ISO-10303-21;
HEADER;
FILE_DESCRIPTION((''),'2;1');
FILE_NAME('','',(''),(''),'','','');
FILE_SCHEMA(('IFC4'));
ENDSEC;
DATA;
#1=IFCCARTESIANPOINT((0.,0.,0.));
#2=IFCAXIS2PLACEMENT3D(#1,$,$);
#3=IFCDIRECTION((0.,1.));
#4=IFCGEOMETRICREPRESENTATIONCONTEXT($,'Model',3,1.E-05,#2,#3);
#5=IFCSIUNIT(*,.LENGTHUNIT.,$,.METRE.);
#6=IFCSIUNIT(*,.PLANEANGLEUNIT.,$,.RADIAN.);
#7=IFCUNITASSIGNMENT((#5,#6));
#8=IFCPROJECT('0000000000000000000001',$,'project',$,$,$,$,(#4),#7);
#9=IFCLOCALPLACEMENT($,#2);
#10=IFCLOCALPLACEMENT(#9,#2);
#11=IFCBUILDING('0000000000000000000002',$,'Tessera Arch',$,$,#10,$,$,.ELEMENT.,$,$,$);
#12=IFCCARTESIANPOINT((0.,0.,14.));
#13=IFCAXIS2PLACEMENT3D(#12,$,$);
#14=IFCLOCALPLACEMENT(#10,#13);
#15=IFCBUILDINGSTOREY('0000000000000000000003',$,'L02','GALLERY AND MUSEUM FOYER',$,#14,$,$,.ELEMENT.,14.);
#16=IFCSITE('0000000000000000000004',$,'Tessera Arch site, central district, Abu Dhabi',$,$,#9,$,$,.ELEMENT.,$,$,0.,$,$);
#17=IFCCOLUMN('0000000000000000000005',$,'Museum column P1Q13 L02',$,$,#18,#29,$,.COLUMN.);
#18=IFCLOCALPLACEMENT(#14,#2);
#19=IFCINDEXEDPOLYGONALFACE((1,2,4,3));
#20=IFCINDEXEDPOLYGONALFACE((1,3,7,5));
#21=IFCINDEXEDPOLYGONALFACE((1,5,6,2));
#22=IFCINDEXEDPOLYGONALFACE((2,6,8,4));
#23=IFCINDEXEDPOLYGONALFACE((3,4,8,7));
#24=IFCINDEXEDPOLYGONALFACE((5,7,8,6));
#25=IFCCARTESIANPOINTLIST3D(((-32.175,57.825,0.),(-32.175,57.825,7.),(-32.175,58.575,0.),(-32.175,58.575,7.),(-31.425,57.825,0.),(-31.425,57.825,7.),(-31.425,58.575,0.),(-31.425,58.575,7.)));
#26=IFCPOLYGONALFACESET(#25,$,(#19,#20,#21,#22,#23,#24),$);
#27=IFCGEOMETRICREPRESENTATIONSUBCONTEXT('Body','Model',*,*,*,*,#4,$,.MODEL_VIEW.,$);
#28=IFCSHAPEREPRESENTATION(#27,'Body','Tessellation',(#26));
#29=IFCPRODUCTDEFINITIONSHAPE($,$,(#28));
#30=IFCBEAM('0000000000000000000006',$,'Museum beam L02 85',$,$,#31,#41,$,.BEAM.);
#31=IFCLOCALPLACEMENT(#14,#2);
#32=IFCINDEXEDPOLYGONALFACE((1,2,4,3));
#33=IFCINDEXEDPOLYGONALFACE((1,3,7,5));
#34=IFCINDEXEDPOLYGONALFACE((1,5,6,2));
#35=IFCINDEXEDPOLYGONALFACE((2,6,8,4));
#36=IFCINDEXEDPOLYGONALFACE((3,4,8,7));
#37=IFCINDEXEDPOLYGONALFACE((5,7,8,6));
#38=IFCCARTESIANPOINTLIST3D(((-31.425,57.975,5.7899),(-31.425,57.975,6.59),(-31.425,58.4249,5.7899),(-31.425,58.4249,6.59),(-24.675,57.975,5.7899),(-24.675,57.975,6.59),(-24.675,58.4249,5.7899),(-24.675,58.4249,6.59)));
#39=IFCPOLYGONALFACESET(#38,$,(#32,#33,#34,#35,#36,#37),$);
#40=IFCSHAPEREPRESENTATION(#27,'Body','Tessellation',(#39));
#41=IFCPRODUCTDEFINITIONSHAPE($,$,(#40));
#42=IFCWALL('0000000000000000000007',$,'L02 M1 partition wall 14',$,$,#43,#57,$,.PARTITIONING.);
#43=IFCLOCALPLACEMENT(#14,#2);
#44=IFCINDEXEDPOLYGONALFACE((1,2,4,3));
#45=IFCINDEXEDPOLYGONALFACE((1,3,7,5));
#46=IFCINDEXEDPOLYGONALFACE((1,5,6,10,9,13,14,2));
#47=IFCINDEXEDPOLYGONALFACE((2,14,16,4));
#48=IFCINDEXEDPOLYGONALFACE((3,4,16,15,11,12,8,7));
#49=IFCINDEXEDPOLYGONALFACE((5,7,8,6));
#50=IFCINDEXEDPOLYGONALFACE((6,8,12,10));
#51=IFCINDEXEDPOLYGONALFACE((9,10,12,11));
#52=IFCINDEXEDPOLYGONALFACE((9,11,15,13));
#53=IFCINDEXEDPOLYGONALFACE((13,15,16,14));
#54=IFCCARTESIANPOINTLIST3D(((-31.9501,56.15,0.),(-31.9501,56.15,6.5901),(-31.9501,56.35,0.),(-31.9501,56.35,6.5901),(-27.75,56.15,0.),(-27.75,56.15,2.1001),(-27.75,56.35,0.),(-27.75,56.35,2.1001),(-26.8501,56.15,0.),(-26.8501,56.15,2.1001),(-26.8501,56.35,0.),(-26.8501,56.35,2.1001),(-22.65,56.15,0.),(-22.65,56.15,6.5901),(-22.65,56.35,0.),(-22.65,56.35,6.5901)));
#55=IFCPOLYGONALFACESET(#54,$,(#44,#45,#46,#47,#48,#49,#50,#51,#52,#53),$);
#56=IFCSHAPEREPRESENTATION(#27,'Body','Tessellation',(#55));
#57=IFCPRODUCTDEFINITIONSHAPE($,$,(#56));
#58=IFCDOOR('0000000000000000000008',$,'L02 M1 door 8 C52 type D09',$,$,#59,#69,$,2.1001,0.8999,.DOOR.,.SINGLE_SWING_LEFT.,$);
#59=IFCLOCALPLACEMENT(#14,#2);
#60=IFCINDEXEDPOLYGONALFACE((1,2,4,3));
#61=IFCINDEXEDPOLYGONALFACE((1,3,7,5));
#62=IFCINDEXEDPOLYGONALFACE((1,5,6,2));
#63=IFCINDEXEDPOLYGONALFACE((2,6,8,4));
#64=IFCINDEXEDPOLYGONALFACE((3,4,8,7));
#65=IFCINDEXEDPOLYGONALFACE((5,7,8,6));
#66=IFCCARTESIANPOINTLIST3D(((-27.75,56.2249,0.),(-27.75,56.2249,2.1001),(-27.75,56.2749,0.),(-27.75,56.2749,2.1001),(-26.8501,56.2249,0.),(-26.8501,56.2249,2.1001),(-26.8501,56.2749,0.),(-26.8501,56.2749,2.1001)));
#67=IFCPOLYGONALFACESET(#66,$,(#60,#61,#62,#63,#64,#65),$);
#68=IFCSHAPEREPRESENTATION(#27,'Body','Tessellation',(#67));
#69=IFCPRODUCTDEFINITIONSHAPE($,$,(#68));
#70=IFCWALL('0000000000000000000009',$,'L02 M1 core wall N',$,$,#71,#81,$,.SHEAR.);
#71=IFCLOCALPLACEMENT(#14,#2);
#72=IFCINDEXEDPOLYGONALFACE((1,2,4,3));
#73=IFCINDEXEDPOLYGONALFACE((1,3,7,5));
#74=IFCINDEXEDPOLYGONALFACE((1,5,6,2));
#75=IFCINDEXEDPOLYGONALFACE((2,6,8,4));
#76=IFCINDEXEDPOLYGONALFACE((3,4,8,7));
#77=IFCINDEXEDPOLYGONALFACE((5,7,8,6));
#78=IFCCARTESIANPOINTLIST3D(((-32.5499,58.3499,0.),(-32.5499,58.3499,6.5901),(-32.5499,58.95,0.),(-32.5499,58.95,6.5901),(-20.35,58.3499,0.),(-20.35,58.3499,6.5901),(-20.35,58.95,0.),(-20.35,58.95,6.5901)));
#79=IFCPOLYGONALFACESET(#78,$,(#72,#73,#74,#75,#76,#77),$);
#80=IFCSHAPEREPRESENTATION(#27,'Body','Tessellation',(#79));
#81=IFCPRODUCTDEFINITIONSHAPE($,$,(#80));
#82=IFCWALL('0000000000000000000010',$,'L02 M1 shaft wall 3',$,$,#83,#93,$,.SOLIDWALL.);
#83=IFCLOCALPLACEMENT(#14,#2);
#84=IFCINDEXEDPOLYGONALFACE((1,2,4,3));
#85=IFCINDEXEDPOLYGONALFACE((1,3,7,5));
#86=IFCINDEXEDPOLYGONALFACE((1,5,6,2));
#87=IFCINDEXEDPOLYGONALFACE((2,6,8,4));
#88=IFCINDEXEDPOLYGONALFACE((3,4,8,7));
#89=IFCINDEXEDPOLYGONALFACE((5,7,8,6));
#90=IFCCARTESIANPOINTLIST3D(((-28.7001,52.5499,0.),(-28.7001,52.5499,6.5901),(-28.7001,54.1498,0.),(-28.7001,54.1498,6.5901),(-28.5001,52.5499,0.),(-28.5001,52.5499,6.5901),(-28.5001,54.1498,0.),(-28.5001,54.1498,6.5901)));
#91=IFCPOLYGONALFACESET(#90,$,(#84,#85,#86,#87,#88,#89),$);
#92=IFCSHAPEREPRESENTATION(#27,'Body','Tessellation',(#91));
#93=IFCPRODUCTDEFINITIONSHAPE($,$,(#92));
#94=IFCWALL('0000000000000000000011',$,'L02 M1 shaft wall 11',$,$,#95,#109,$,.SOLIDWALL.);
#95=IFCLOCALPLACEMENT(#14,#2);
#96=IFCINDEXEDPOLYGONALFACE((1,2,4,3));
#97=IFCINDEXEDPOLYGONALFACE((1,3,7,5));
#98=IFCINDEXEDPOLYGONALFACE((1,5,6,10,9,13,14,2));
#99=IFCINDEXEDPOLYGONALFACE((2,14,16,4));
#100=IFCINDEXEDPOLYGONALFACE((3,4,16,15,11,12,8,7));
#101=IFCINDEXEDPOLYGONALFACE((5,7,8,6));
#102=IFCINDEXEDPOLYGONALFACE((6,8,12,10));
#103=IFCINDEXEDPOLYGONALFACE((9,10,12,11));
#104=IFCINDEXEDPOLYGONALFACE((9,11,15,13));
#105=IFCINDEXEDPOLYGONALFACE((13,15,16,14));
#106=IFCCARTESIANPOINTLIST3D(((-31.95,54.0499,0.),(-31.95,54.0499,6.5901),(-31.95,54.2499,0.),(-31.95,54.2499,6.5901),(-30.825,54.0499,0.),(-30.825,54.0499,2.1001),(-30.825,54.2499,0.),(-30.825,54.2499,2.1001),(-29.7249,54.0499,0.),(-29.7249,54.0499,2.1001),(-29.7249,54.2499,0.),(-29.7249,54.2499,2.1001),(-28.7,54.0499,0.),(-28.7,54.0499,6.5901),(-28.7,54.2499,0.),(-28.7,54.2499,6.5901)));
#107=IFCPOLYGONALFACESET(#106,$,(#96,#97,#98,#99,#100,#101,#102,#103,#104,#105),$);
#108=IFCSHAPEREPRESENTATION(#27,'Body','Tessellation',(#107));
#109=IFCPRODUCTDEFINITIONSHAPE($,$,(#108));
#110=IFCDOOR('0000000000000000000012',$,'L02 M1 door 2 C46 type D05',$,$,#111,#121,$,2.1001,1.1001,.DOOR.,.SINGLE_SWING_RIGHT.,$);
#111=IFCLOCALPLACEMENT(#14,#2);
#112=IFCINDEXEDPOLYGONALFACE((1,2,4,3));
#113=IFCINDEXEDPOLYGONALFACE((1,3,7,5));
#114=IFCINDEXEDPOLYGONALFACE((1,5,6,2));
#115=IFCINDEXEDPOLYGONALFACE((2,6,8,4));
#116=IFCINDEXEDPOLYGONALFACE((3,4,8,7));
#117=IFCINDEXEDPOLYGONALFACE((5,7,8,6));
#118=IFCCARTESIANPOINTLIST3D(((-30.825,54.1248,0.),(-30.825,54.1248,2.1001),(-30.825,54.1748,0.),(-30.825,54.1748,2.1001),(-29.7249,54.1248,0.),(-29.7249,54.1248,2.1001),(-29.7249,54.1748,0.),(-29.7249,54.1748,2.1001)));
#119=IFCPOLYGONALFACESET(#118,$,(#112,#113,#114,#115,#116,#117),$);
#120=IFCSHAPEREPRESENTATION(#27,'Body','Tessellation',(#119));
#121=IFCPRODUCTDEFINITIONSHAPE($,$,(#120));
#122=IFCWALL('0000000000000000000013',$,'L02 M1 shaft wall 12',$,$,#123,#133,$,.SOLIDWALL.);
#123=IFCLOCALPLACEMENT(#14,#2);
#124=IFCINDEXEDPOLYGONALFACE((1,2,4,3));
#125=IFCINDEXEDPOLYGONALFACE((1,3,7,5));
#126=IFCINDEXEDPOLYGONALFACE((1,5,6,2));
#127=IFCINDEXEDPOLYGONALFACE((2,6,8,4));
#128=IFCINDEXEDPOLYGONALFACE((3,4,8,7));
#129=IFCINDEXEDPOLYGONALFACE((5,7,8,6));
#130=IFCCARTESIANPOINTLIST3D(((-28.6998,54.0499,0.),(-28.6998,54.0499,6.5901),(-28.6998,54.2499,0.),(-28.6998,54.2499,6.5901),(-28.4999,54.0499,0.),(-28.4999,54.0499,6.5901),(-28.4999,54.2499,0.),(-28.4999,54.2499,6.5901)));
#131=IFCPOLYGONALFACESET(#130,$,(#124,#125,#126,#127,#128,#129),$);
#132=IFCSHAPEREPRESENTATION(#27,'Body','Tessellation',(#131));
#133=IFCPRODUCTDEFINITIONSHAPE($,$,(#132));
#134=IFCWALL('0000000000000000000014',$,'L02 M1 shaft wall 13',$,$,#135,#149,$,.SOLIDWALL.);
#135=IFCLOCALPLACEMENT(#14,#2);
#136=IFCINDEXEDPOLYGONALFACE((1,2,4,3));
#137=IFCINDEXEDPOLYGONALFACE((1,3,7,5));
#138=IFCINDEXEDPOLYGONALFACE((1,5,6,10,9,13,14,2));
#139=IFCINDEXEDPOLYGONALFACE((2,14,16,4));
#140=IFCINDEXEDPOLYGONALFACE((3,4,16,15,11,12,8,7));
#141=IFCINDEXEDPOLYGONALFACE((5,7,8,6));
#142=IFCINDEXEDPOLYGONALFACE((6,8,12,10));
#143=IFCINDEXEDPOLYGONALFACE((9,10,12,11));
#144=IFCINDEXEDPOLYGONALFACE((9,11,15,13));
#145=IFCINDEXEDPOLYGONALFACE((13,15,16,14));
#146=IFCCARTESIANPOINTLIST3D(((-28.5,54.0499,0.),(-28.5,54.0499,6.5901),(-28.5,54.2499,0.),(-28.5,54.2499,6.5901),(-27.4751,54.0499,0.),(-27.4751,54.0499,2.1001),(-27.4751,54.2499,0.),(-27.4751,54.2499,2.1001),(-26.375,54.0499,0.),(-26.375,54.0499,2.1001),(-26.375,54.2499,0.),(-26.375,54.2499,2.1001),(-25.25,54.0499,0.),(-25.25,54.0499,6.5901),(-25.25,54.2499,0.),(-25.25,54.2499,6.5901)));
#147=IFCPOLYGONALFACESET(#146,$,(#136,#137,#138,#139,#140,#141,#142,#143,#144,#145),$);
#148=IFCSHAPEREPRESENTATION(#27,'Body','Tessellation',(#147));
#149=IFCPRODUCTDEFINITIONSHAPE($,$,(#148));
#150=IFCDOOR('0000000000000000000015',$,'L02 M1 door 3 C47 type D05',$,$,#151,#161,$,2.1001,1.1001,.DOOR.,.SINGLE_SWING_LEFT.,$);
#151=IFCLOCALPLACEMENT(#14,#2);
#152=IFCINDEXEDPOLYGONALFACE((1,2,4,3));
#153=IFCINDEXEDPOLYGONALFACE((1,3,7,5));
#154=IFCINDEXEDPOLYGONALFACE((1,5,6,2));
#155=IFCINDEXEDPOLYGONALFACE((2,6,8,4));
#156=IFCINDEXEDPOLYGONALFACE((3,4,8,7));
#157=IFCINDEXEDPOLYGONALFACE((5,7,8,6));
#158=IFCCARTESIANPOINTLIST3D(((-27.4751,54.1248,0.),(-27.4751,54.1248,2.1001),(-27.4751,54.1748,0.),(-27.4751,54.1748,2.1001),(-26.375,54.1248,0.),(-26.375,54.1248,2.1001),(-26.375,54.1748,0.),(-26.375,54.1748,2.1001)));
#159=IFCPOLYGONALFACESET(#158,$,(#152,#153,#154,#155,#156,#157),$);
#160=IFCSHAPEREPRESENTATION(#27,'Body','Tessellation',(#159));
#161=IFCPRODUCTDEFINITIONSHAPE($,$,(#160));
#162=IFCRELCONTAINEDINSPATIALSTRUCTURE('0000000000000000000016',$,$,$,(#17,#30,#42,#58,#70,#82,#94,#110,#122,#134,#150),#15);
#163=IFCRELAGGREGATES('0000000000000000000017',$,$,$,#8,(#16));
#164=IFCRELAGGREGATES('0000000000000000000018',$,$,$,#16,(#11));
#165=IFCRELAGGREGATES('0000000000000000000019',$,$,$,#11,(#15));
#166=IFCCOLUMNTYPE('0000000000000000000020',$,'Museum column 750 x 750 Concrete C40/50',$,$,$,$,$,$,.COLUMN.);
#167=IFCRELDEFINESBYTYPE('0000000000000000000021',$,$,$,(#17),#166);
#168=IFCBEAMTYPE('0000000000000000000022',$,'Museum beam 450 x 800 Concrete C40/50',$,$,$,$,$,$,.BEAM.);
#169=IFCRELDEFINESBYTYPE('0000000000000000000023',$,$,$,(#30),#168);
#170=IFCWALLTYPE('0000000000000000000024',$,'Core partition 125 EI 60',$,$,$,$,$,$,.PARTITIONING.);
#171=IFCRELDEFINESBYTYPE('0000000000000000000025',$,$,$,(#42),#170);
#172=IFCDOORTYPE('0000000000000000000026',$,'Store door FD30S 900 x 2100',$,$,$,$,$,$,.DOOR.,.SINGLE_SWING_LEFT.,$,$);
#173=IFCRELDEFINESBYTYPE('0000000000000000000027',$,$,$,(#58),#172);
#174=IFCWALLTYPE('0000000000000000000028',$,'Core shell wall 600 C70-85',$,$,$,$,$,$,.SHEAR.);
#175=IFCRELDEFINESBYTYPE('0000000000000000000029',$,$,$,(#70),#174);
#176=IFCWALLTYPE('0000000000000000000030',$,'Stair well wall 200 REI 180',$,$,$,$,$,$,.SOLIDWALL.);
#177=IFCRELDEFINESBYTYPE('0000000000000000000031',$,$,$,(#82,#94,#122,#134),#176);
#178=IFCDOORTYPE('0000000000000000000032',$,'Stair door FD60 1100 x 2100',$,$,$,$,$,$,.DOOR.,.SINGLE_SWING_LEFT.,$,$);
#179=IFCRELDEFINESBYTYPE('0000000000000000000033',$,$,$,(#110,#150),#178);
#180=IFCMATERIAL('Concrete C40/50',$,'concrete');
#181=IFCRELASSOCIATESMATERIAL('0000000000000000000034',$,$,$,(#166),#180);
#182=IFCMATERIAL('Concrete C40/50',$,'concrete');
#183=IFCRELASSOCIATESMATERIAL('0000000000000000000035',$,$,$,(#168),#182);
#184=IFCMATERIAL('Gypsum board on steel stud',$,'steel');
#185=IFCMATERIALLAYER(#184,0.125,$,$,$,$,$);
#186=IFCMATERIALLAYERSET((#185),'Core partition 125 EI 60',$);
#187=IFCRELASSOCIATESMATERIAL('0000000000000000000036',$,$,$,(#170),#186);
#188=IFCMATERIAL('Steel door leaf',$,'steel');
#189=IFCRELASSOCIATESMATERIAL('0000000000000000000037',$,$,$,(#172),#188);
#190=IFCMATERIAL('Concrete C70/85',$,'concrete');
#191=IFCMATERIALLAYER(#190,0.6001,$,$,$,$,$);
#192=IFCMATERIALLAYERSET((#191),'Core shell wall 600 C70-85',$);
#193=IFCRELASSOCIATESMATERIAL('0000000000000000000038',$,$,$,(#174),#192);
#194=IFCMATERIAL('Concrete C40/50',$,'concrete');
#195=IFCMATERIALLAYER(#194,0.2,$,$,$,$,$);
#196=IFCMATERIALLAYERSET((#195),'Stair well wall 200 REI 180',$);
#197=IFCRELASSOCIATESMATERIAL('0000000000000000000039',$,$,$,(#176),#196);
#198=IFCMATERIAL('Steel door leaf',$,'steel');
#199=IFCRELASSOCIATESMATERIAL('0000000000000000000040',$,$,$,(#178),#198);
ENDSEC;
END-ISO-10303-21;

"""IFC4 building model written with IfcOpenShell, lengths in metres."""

from ifc_helpers import new_model, si_unit, direction, frame, frame_2d, origin, origin_2d, place, context, subcontext, project, spatial, rectangle, extrude, material, layer, layer_set, material_profile, profile_set, type_object, element, fill, save


model = new_model("IFC4")

# Units and contexts
model_context = context("Model", 3, precision=1e-05, world=origin(), true_north=direction((0.0, 1.0)))
body_context = subcontext(model_context, "Body", "Model", "MODEL_VIEW")
ifc_project = project(units=[si_unit("LENGTHUNIT", "METRE"), si_unit("PLANEANGLEUNIT", "RADIAN")], contexts=[model_context])

# Site, building, storey
site_placement = place(None, origin())
site = spatial("IfcSite", under=ifc_project, at=site_placement, Name="Tessera Arch site, central district, Abu Dhabi", CompositionType="ELEMENT", RefElevation=0.0)
building_placement = place(site_placement, origin())
building = spatial("IfcBuilding", under=site, at=building_placement, Name="Tessera Arch", CompositionType="ELEMENT")
storey_placement = place(building_placement, frame((0.0, 0.0, 14.0)))
storey = spatial("IfcBuildingStorey", under=building, at=storey_placement, Name="L02", Description="GALLERY AND MUSEUM FOYER", CompositionType="ELEMENT", Elevation=14.0)

# Column
ifc_material_1 = material(Name="Concrete C40/50", Category="concrete")
ifc_material_profile_1 = material_profile(ifc_material_1, rectangle(XDim=0.75, YDim=0.75, at=origin_2d()), Name="Museum column 750 x 750 Concrete C40/50")
ifc_profile_set_1 = profile_set([ifc_material_profile_1], Name="Concrete C40/50")
column_type = type_object("IfcColumnType", Name="Museum column 750 x 750 Concrete C40/50", PredefinedType="COLUMN", material=ifc_profile_set_1)
column_placement = place(storey_placement, frame((-31.8, 58.2, 0.0), z_axis=(0.0, 0.0, 1.0), x_axis=(1.0, 0.0, 0.0)))
element("IfcColumn", 1, at=column_placement, inside=storey, type_object=column_type, Name="Museum column P1Q13 L02", PredefinedType="COLUMN", context=body_context, shape_type="SweptSolid", body=[
    extrude(rectangle(XDim=0.75, YDim=0.75, at=origin_2d()), origin(), (0.0, 0.0, 1.0), 7.0),
])

# Beam
ifc_material_2 = material(Name="Concrete C40/50", Category="concrete")
ifc_material_profile_2 = material_profile(ifc_material_2, rectangle(XDim=0.45, YDim=0.8, at=origin_2d()), Name="Museum beam 450 x 800 Concrete C40/50")
ifc_profile_set_2 = profile_set([ifc_material_profile_2], Name="Concrete C40/50")
beam_type = type_object("IfcBeamType", Name="Museum beam 450 x 800 Concrete C40/50", PredefinedType="BEAM", material=ifc_profile_set_2)
beam_placement = place(storey_placement, frame((-31.425, 58.2, 6.1899), z_axis=(1.0, 0.0, 0.0), x_axis=(0.0, 1.0, 0.0)))
element("IfcBeam", 2, at=beam_placement, inside=storey, type_object=beam_type, Name="Museum beam L02 85", PredefinedType="BEAM", context=body_context, shape_type="SweptSolid", body=[
    extrude(rectangle(XDim=0.45, YDim=0.8, at=origin_2d()), origin(), (0.0, 0.0, 1.0), 6.75),
])

# Wall, opening, door
ifc_material_3 = material(Name="Gypsum board on steel stud", Category="steel")
ifc_layer_1 = layer(ifc_material_3, 0.125)
ifc_layer_set_1 = layer_set([ifc_layer_1], Name="Core partition 125 EI 60")
wall_type_1 = type_object("IfcWallType", Name="Core partition 125 EI 60", PredefinedType="PARTITIONING", material=ifc_layer_set_1)
wall_1_placement = place(storey_placement, frame((-31.95, 56.25, 0.0), z_axis=(0.0, 0.0, 1.0), x_axis=(1.0, 0.0, 0.0)))
wall_1 = element("IfcWall", 3, at=wall_1_placement, inside=storey, type_object=wall_type_1, Name="L02 M1 partition wall 14", PredefinedType="PARTITIONING", context=body_context, shape_type="SweptSolid", body=[
    extrude(rectangle(XDim=9.3, YDim=0.2, at=frame_2d((4.6499, 0.0))), origin(), (0.0, 0.0, 1.0), 6.5901),
])
opening_1_placement = place(wall_1_placement, frame((4.2, 0.0, 0.0)))
opening_1 = element("IfcOpeningElement", 4, at=opening_1_placement, cuts=wall_1, PredefinedType="OPENING", context=body_context, shape_type="SweptSolid", body=[
    extrude(rectangle(XDim=0.8999, YDim=2.1001, at=frame_2d((0.45, 1.05))), frame((0.0, 0.1099, 0.0), z_axis=(0.0, -1.0, 0.0), x_axis=(1.0, 0.0, 0.0)), (0.0, 0.0, 1.0), 0.22),
])
ifc_material_4 = material(Name="Steel door leaf", Category="steel")
door_type_1 = type_object("IfcDoorType", Name="Store door FD30S 900 x 2100", OperationType="SINGLE_SWING_LEFT", PredefinedType="DOOR", material=ifc_material_4)
door_1_placement = place(opening_1_placement, origin())
door_1 = element("IfcDoor", 5, at=door_1_placement, inside=storey, type_object=door_type_1, Name="L02 M1 door 8 C52 type D09", OperationType="SINGLE_SWING_LEFT", OverallHeight=2.1001, OverallWidth=0.8999, PredefinedType="DOOR", context=body_context, shape_type="SweptSolid", body=[
    extrude(rectangle(XDim=0.8999, YDim=2.1001, at=frame_2d((0.45, 1.05))), frame((0.0, 0.0249, 0.0), z_axis=(0.0, -1.0, 0.0), x_axis=(1.0, 0.0, 0.0)), (0.0, 0.0, 1.0), 0.05),
])
fill(opening_1, door_1)

# Walls
ifc_material_5 = material(Name="Concrete C70/85", Category="concrete")
ifc_layer_2 = layer(ifc_material_5, 0.6001)
ifc_layer_set_2 = layer_set([ifc_layer_2], Name="Core shell wall 600 C70-85")
wall_type_2 = type_object("IfcWallType", Name="Core shell wall 600 C70-85", PredefinedType="SHEAR", material=ifc_layer_set_2)
wall_2_placement = place(storey_placement, frame((-32.55, 58.6499, 0.0), z_axis=(0.0, 0.0, 1.0), x_axis=(1.0, 0.0, 0.0)))
element("IfcWall", 6, at=wall_2_placement, inside=storey, type_object=wall_type_2, Name="L02 M1 core wall N", PredefinedType="SHEAR", context=body_context, shape_type="SweptSolid", body=[
    extrude(rectangle(XDim=12.2, YDim=0.6001, at=frame_2d((6.1001, 0.0))), origin(), (0.0, 0.0, 1.0), 6.5901),
])
ifc_material_6 = material(Name="Concrete C40/50", Category="concrete")
ifc_layer_3 = layer(ifc_material_6, 0.2)
ifc_layer_set_3 = layer_set([ifc_layer_3], Name="Stair well wall 200 REI 180")
wall_type_3 = type_object("IfcWallType", Name="Stair well wall 200 REI 180", PredefinedType="SOLIDWALL", material=ifc_layer_set_3)
wall_3_placement = place(storey_placement, frame((-28.6001, 52.55, 0.0), z_axis=(0.0, 0.0, 1.0), x_axis=(0.0, 1.0, 0.0)))
element("IfcWall", 7, at=wall_3_placement, inside=storey, type_object=wall_type_3, Name="L02 M1 shaft wall 3", PredefinedType="SOLIDWALL", context=body_context, shape_type="SweptSolid", body=[
    extrude(rectangle(XDim=1.5999, YDim=0.2, at=frame_2d((0.7998, 0.0))), origin(), (0.0, 0.0, 1.0), 6.5901),
])

# Wall, opening, door
wall_4_placement = place(storey_placement, frame((-31.95, 54.1499, 0.0), z_axis=(0.0, 0.0, 1.0), x_axis=(1.0, 0.0, 0.0)))
wall_4 = element("IfcWall", 8, at=wall_4_placement, inside=storey, type_object=wall_type_3, Name="L02 M1 shaft wall 11", PredefinedType="SOLIDWALL", context=body_context, shape_type="SweptSolid", body=[
    extrude(rectangle(XDim=3.25, YDim=0.2, at=frame_2d((1.625, 0.0))), origin(), (0.0, 0.0, 1.0), 6.5901),
])
opening_2_placement = place(wall_4_placement, frame((1.125, 0.0, 0.0)))
opening_2 = element("IfcOpeningElement", 9, at=opening_2_placement, cuts=wall_4, PredefinedType="OPENING", context=body_context, shape_type="SweptSolid", body=[
    extrude(rectangle(XDim=1.1001, YDim=2.1001, at=frame_2d((0.55, 1.05))), frame((0.0, 0.1099, 0.0), z_axis=(0.0, -1.0, 0.0), x_axis=(1.0, 0.0, 0.0)), (0.0, 0.0, 1.0), 0.22),
])
ifc_material_7 = material(Name="Steel door leaf", Category="steel")
door_type_2 = type_object("IfcDoorType", Name="Stair door FD60 1100 x 2100", OperationType="SINGLE_SWING_LEFT", PredefinedType="DOOR", material=ifc_material_7)
door_2_placement = place(opening_2_placement, origin())
door_2 = element("IfcDoor", 10, at=door_2_placement, inside=storey, type_object=door_type_2, Name="L02 M1 door 2 C46 type D05", OperationType="SINGLE_SWING_RIGHT", OverallHeight=2.1001, OverallWidth=1.1001, PredefinedType="DOOR", context=body_context, shape_type="SweptSolid", body=[
    extrude(rectangle(XDim=1.1001, YDim=2.1001, at=frame_2d((0.55, 1.05))), frame((0.0, 0.0249, 0.0), z_axis=(0.0, -1.0, 0.0), x_axis=(1.0, 0.0, 0.0)), (0.0, 0.0, 1.0), 0.05),
])
fill(opening_2, door_2)

# Wall
wall_5_placement = place(storey_placement, frame((-28.7, 54.1499, 0.0), z_axis=(0.0, 0.0, 1.0), x_axis=(1.0, 0.0, 0.0)))
element("IfcWall", 11, at=wall_5_placement, inside=storey, type_object=wall_type_3, Name="L02 M1 shaft wall 12", PredefinedType="SOLIDWALL", context=body_context, shape_type="SweptSolid", body=[
    extrude(rectangle(XDim=0.2, YDim=0.2, at=frame_2d((0.1001, 0.0))), origin(), (0.0, 0.0, 1.0), 6.5901),
])

# Wall, opening, door
wall_6_placement = place(storey_placement, frame((-28.5, 54.1499, 0.0), z_axis=(0.0, 0.0, 1.0), x_axis=(1.0, 0.0, 0.0)))
wall_6 = element("IfcWall", 12, at=wall_6_placement, inside=storey, type_object=wall_type_3, Name="L02 M1 shaft wall 13", PredefinedType="SOLIDWALL", context=body_context, shape_type="SweptSolid", body=[
    extrude(rectangle(XDim=3.25, YDim=0.2, at=frame_2d((1.625, 0.0))), origin(), (0.0, 0.0, 1.0), 6.5901),
])
opening_3_placement = place(wall_6_placement, frame((1.0249, 0.0, 0.0)))
opening_3 = element("IfcOpeningElement", 13, at=opening_3_placement, cuts=wall_6, PredefinedType="OPENING", context=body_context, shape_type="SweptSolid", body=[
    extrude(rectangle(XDim=1.1001, YDim=2.1001, at=frame_2d((0.55, 1.05))), frame((0.0, 0.1099, 0.0), z_axis=(0.0, -1.0, 0.0), x_axis=(1.0, 0.0, 0.0)), (0.0, 0.0, 1.0), 0.22),
])
door_3_placement = place(opening_3_placement, origin())
door_3 = element("IfcDoor", 14, at=door_3_placement, inside=storey, type_object=door_type_2, Name="L02 M1 door 3 C47 type D05", OperationType="SINGLE_SWING_LEFT", OverallHeight=2.1001, OverallWidth=1.1001, PredefinedType="DOOR", context=body_context, shape_type="SweptSolid", body=[
    extrude(rectangle(XDim=1.1001, YDim=2.1001, at=frame_2d((0.55, 1.05))), frame((0.0, 0.0249, 0.0), z_axis=(0.0, -1.0, 0.0), x_axis=(1.0, 0.0, 0.0)), (0.0, 0.0, 1.0), 0.05),
])
fill(opening_3, door_3)

save(model, "model.ifc")
